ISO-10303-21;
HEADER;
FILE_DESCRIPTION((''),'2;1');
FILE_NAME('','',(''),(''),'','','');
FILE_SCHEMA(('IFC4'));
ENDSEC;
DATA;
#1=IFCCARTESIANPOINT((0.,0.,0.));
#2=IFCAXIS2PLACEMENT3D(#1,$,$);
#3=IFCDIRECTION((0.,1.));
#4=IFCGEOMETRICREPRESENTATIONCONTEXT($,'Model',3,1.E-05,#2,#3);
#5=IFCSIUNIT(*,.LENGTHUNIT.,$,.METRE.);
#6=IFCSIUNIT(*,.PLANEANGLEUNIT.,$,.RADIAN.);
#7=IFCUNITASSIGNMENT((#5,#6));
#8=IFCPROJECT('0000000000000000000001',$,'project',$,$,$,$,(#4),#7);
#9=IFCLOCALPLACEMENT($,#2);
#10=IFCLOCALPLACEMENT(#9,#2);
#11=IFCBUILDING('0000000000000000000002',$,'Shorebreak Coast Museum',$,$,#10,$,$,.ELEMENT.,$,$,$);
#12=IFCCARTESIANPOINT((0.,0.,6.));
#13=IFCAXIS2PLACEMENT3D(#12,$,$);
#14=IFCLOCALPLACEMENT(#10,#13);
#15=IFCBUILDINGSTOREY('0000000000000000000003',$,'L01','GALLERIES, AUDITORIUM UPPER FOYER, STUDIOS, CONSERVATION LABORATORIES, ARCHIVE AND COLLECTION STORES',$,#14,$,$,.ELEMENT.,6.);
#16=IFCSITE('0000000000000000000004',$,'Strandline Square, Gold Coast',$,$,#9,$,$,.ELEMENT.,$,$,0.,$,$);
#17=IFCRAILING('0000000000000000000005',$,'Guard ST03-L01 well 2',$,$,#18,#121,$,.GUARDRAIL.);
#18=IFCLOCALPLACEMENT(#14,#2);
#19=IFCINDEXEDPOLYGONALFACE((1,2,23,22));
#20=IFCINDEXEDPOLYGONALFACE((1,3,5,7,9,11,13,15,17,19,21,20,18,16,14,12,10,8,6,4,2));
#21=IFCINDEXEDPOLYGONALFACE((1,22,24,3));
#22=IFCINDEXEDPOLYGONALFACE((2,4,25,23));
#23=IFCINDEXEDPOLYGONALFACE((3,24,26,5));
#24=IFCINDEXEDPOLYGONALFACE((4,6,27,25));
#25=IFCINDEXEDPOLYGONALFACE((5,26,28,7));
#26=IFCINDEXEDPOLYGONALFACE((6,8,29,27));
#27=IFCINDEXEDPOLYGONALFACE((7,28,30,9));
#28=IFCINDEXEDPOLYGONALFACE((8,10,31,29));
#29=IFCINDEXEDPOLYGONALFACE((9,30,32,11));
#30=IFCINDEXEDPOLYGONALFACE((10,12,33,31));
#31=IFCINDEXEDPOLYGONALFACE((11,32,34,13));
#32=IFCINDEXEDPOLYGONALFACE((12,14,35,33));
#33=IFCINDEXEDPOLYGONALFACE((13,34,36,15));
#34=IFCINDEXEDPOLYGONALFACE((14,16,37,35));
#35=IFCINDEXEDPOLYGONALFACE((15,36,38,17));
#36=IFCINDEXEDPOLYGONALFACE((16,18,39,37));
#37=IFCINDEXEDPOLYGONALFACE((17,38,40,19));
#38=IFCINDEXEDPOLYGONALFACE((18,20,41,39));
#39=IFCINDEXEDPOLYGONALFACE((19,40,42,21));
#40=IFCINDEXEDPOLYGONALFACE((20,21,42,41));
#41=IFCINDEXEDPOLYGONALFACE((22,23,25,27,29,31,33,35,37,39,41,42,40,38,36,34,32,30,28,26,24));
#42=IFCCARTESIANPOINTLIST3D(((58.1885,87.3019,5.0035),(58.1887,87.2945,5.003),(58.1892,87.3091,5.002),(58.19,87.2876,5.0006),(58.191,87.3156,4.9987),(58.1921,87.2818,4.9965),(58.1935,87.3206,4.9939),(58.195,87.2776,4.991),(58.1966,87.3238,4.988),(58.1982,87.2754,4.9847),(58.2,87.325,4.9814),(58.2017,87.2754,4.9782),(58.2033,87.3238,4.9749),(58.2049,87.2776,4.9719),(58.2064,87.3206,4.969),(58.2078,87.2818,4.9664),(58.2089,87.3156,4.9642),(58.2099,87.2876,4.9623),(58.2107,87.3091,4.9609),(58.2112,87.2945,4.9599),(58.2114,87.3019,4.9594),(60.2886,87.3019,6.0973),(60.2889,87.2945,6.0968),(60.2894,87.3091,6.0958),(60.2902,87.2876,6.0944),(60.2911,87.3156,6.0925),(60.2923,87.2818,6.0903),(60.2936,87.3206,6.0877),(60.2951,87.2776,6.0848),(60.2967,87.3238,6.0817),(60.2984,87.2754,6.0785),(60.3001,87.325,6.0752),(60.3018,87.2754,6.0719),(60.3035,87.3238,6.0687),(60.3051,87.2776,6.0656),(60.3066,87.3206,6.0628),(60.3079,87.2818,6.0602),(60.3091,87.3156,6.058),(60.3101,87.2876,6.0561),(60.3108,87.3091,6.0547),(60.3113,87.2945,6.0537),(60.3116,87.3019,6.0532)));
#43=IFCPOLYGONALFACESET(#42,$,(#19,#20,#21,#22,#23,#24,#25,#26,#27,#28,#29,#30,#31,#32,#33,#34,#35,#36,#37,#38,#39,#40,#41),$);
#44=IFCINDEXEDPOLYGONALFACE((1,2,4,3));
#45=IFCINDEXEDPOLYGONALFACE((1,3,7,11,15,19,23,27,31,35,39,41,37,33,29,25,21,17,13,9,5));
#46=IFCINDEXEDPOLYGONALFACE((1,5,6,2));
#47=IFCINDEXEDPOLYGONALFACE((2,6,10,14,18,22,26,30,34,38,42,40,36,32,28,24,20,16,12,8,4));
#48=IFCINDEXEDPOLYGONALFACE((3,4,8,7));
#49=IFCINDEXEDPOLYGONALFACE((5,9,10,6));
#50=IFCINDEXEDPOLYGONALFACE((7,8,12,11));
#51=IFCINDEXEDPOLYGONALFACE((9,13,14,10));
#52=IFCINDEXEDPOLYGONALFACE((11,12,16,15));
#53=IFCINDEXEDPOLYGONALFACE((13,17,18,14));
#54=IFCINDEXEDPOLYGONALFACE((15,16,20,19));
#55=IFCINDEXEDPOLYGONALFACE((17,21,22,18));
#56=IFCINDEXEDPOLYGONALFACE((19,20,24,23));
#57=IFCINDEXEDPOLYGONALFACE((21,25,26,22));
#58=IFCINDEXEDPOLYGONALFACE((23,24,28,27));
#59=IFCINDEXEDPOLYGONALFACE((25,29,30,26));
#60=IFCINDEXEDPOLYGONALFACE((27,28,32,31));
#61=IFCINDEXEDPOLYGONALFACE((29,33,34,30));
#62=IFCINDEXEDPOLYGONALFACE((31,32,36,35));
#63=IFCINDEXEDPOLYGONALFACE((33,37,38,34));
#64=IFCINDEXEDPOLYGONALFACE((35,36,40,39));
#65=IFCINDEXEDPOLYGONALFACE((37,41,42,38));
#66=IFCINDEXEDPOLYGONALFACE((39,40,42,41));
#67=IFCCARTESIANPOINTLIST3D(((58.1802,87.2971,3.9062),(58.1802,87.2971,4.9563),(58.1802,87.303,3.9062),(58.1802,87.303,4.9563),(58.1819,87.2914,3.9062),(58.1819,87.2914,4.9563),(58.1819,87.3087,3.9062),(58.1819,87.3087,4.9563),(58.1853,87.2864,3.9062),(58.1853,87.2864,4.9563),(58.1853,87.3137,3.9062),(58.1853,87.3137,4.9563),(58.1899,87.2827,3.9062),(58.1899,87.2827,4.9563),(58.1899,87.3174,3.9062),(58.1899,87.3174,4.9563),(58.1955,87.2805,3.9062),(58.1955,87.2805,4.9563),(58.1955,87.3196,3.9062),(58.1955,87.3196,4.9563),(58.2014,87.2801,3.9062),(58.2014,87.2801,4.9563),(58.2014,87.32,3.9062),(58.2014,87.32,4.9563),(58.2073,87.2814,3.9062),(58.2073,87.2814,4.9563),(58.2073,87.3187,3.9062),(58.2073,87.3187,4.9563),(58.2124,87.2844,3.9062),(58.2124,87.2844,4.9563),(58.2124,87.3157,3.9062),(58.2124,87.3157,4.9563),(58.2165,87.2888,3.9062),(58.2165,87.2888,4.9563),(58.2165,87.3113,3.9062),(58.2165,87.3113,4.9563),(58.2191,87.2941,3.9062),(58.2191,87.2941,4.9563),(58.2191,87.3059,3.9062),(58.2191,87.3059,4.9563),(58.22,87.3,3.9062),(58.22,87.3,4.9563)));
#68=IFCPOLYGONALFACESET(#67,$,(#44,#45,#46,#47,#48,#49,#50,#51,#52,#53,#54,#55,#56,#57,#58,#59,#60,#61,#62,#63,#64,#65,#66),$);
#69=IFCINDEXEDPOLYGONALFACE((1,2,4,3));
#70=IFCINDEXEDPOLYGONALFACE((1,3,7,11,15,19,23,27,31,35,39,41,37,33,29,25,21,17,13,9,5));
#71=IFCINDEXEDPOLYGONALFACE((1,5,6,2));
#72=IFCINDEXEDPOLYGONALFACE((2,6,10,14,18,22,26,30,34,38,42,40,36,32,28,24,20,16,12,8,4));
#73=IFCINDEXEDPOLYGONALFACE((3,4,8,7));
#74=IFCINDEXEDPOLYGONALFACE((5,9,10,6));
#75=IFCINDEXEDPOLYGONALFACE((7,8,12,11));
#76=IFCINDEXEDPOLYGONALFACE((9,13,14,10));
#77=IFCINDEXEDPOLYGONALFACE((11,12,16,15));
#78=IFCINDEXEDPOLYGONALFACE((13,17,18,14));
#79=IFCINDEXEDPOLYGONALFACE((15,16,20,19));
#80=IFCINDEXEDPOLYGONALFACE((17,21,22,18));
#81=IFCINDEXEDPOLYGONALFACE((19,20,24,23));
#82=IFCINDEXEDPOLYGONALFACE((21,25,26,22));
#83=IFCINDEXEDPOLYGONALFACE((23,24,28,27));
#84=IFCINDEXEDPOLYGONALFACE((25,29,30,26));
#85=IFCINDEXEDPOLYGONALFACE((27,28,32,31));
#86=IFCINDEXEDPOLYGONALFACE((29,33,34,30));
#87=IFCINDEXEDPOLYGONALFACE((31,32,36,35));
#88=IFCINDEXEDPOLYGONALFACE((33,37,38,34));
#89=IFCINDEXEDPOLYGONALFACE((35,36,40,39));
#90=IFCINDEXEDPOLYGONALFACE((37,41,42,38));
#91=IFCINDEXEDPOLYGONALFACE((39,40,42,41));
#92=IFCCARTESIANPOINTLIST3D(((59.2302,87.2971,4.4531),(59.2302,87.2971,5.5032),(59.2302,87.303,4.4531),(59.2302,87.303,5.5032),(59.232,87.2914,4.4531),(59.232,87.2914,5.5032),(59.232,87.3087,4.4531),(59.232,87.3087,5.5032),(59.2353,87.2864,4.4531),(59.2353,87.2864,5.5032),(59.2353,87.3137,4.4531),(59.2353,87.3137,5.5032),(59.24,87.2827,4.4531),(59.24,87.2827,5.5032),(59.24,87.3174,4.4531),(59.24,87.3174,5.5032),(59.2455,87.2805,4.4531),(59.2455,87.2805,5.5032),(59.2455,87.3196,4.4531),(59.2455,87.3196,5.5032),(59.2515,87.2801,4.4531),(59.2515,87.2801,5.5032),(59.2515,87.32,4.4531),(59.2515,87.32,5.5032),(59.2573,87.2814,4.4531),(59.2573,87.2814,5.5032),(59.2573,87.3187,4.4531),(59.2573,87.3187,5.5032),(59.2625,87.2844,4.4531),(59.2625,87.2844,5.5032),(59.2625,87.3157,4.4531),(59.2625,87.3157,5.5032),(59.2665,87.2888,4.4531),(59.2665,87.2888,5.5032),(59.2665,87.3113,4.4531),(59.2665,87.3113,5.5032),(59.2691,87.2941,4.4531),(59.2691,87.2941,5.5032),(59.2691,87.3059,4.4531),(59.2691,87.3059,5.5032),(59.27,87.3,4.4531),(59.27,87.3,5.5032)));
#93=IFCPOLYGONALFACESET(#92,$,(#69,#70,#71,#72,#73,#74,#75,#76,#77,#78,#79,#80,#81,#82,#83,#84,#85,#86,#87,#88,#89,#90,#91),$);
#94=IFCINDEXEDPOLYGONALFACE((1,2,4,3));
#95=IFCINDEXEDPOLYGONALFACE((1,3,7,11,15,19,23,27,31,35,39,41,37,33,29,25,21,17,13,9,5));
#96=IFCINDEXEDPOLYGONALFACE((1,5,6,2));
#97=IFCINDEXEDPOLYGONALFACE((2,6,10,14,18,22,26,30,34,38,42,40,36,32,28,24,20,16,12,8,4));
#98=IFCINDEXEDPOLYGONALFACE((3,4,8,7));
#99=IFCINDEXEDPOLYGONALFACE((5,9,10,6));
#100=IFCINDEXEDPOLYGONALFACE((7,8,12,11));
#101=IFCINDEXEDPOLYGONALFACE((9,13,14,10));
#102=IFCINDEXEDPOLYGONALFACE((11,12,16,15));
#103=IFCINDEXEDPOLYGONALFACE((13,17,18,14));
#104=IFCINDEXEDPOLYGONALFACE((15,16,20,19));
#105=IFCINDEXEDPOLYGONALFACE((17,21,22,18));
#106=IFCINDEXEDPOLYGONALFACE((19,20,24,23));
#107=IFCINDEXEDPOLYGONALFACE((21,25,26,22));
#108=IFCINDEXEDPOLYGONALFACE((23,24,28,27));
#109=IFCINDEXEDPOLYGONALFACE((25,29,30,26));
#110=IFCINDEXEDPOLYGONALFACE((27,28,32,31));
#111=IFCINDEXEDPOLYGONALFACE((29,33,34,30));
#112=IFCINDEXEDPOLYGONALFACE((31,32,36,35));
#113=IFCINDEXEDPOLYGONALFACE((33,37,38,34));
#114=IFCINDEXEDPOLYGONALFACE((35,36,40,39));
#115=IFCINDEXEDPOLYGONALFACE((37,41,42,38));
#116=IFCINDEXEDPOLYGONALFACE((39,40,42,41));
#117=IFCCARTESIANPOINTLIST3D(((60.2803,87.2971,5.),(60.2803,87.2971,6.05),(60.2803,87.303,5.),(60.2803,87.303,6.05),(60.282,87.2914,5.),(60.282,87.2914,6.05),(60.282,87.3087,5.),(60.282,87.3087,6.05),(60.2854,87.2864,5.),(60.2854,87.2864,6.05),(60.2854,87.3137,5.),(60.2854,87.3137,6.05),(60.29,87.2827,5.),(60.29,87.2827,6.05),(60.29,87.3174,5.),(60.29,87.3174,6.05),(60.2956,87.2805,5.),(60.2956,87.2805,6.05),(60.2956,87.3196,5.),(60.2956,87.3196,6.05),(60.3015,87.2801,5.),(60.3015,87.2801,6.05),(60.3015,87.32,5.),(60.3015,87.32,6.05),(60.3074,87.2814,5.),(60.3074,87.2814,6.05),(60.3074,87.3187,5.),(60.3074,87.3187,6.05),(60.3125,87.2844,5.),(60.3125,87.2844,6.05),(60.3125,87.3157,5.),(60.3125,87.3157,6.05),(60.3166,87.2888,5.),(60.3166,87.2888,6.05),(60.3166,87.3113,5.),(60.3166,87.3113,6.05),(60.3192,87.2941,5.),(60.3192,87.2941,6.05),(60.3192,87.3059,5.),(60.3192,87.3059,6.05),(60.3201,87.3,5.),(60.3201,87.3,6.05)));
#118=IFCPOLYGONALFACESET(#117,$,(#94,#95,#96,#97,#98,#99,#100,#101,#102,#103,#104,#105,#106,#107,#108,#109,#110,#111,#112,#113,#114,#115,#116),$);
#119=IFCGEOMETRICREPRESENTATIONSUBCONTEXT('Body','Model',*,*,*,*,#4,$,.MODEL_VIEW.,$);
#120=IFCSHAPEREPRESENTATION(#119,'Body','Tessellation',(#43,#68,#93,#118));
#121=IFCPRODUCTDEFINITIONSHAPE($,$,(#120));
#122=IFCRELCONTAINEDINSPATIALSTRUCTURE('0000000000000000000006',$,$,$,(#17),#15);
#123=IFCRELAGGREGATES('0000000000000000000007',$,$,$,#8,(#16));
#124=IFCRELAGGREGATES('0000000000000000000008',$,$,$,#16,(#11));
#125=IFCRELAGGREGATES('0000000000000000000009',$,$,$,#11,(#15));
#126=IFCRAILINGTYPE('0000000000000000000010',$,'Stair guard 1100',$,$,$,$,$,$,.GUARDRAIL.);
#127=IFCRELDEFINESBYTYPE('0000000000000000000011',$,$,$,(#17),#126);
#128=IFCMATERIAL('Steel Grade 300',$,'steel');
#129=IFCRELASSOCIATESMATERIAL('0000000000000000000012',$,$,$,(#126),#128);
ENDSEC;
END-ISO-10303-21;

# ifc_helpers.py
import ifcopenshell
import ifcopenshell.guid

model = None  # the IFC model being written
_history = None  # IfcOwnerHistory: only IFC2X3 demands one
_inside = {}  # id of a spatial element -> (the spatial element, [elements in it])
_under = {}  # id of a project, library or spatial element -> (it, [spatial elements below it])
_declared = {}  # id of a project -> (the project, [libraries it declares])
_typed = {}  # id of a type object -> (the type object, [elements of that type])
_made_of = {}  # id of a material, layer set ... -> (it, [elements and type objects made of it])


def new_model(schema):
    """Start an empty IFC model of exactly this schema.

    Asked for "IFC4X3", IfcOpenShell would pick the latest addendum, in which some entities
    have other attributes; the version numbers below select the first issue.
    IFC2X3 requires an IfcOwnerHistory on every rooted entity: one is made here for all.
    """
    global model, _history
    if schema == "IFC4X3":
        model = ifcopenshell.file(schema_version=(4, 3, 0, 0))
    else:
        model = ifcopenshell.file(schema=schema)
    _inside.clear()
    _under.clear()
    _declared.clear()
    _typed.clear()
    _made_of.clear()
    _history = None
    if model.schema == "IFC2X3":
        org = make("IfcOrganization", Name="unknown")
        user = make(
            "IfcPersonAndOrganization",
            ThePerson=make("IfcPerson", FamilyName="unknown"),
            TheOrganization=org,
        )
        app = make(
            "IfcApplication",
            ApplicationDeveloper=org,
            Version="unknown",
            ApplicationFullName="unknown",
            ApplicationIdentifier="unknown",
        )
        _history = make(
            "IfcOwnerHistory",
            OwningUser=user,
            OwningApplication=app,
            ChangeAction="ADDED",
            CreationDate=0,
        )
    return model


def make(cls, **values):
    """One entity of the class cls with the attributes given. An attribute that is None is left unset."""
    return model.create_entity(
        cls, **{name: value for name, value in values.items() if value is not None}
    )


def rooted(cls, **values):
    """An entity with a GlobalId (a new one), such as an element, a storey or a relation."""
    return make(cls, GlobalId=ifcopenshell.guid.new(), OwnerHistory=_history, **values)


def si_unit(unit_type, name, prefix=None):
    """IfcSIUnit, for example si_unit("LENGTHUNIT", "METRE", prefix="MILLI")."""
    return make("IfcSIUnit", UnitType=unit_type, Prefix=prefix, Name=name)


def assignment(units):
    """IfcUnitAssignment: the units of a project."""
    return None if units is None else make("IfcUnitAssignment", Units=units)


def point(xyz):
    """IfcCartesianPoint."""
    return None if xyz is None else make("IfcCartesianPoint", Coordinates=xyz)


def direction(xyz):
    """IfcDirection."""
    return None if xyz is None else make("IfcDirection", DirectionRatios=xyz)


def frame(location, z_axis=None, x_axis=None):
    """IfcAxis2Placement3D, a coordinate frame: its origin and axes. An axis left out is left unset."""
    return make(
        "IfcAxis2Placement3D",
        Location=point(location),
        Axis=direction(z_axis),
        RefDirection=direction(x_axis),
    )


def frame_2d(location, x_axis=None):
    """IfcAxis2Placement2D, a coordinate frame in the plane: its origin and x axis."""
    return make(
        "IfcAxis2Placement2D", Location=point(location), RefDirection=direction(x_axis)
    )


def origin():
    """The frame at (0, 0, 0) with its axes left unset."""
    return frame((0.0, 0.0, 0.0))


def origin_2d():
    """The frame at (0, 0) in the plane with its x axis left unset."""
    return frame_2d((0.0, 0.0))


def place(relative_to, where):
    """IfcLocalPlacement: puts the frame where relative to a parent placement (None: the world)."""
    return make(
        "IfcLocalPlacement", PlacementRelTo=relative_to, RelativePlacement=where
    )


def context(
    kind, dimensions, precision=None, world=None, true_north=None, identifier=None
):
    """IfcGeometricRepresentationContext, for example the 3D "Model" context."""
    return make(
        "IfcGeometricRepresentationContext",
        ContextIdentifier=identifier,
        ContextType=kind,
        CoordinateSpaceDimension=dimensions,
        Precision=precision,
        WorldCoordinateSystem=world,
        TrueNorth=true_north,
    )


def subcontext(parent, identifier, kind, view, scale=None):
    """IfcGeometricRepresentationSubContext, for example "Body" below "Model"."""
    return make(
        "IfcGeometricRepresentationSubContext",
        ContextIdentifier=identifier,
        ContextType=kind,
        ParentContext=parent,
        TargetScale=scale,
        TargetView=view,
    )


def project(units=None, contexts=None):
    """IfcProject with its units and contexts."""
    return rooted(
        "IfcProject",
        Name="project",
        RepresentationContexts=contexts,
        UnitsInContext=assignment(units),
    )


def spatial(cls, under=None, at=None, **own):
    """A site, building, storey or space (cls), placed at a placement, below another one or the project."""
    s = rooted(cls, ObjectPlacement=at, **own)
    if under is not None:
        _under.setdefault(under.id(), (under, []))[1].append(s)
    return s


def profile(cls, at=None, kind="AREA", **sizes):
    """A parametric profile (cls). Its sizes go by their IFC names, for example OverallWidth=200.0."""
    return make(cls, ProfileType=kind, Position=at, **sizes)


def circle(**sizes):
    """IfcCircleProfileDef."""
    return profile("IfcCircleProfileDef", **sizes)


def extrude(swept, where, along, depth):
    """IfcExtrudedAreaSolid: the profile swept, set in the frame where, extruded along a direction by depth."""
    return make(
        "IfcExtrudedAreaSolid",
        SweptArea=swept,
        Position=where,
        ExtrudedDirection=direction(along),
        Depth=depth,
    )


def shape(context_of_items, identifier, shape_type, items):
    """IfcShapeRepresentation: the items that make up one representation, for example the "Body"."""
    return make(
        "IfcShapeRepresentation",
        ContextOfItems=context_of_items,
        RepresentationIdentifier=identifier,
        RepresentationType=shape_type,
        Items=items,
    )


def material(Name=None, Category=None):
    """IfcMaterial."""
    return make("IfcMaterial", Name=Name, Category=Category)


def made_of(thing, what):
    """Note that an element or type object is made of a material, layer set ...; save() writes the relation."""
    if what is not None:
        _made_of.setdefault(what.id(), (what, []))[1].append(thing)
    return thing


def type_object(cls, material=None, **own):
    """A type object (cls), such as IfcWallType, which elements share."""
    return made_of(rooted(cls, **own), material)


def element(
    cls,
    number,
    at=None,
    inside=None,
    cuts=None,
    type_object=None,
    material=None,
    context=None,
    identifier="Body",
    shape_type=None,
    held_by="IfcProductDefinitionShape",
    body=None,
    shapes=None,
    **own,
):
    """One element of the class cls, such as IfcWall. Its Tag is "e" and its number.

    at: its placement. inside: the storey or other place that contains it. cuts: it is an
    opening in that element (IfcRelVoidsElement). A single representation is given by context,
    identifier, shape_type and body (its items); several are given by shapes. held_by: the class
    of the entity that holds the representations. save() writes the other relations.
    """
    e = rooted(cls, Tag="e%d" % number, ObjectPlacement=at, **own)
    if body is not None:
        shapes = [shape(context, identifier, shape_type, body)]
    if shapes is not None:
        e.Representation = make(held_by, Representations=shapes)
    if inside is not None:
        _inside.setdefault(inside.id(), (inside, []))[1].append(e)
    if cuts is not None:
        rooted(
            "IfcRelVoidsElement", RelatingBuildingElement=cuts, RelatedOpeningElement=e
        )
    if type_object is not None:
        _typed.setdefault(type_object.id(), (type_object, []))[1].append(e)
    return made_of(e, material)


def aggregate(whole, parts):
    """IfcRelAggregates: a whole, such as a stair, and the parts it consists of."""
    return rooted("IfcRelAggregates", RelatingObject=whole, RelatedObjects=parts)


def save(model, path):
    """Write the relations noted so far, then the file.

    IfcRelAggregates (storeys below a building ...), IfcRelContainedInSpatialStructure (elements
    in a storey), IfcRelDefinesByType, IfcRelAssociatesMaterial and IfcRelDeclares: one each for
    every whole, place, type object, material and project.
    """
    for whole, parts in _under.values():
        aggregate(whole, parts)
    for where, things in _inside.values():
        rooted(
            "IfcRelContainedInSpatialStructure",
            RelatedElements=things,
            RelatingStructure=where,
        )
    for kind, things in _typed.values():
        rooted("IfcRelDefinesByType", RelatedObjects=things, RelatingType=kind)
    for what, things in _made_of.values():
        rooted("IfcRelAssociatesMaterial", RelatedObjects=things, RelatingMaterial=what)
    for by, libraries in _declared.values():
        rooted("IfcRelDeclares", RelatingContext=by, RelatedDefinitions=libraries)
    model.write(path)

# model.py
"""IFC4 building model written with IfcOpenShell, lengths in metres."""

from ifc_helpers import new_model, si_unit, direction, frame, origin, origin_2d, place, context, subcontext, project, spatial, circle, extrude, material, type_object, element, save


model = new_model("IFC4")

# Units and contexts
model_context = context("Model", 3, precision=1e-05, world=origin(), true_north=direction((0.0, 1.0)))
body_context = subcontext(model_context, "Body", "Model", "MODEL_VIEW")
ifc_project = project(units=[si_unit("LENGTHUNIT", "METRE"), si_unit("PLANEANGLEUNIT", "RADIAN")], contexts=[model_context])

# Site, building, storey
site_placement = place(None, origin())
site = spatial("IfcSite", under=ifc_project, at=site_placement, Name="Strandline Square, Gold Coast", CompositionType="ELEMENT", RefElevation=0.0)
building_placement = place(site_placement, origin())
building = spatial("IfcBuilding", under=site, at=building_placement, Name="Shorebreak Coast Museum", CompositionType="ELEMENT")
storey_placement = place(building_placement, frame((0.0, 0.0, 6.0)))
storey = spatial("IfcBuildingStorey", under=building, at=storey_placement, Name="L01", Description="GALLERIES, AUDITORIUM UPPER FOYER, STUDIOS, CONSERVATION LABORATORIES, ARCHIVE AND COLLECTION STORES", CompositionType="ELEMENT", Elevation=6.0)

# Railing
ifc_material_1 = material(Name="Steel Grade 300", Category="steel")
railing_type_1 = type_object("IfcRailingType", Name="Stair guard 1100", PredefinedType="GUARDRAIL", material=ifc_material_1)
railing_1_placement = place(storey_placement, frame((58.2, 87.3, 3.9062)))
element("IfcRailing", 1, at=railing_1_placement, inside=storey, type_object=railing_type_1, Name="Guard ST03-L01 well 2", PredefinedType="GUARDRAIL", context=body_context, shape_type="SweptSolid", body=[
    extrude(circle(Radius=0.0249, at=origin_2d()), frame((0.0, 0.0, 1.0752), z_axis=(0.886923, 0.0, 0.461918), x_axis=(0.0, 1.0, 0.0)), (0.0, 0.0, 1.0), 2.3679),
    extrude(circle(Radius=0.02, at=origin_2d()), origin(), (0.0, 0.0, 1.0), 1.05),
    extrude(circle(Radius=0.02, at=origin_2d()), frame((1.05, 0.0, 0.5469)), (0.0, 0.0, 1.0), 1.05),
    extrude(circle(Radius=0.02, at=origin_2d()), frame((2.1001, 0.0, 1.0938)), (0.0, 0.0, 1.0), 1.05),
])

save(model, "model.ifc")
